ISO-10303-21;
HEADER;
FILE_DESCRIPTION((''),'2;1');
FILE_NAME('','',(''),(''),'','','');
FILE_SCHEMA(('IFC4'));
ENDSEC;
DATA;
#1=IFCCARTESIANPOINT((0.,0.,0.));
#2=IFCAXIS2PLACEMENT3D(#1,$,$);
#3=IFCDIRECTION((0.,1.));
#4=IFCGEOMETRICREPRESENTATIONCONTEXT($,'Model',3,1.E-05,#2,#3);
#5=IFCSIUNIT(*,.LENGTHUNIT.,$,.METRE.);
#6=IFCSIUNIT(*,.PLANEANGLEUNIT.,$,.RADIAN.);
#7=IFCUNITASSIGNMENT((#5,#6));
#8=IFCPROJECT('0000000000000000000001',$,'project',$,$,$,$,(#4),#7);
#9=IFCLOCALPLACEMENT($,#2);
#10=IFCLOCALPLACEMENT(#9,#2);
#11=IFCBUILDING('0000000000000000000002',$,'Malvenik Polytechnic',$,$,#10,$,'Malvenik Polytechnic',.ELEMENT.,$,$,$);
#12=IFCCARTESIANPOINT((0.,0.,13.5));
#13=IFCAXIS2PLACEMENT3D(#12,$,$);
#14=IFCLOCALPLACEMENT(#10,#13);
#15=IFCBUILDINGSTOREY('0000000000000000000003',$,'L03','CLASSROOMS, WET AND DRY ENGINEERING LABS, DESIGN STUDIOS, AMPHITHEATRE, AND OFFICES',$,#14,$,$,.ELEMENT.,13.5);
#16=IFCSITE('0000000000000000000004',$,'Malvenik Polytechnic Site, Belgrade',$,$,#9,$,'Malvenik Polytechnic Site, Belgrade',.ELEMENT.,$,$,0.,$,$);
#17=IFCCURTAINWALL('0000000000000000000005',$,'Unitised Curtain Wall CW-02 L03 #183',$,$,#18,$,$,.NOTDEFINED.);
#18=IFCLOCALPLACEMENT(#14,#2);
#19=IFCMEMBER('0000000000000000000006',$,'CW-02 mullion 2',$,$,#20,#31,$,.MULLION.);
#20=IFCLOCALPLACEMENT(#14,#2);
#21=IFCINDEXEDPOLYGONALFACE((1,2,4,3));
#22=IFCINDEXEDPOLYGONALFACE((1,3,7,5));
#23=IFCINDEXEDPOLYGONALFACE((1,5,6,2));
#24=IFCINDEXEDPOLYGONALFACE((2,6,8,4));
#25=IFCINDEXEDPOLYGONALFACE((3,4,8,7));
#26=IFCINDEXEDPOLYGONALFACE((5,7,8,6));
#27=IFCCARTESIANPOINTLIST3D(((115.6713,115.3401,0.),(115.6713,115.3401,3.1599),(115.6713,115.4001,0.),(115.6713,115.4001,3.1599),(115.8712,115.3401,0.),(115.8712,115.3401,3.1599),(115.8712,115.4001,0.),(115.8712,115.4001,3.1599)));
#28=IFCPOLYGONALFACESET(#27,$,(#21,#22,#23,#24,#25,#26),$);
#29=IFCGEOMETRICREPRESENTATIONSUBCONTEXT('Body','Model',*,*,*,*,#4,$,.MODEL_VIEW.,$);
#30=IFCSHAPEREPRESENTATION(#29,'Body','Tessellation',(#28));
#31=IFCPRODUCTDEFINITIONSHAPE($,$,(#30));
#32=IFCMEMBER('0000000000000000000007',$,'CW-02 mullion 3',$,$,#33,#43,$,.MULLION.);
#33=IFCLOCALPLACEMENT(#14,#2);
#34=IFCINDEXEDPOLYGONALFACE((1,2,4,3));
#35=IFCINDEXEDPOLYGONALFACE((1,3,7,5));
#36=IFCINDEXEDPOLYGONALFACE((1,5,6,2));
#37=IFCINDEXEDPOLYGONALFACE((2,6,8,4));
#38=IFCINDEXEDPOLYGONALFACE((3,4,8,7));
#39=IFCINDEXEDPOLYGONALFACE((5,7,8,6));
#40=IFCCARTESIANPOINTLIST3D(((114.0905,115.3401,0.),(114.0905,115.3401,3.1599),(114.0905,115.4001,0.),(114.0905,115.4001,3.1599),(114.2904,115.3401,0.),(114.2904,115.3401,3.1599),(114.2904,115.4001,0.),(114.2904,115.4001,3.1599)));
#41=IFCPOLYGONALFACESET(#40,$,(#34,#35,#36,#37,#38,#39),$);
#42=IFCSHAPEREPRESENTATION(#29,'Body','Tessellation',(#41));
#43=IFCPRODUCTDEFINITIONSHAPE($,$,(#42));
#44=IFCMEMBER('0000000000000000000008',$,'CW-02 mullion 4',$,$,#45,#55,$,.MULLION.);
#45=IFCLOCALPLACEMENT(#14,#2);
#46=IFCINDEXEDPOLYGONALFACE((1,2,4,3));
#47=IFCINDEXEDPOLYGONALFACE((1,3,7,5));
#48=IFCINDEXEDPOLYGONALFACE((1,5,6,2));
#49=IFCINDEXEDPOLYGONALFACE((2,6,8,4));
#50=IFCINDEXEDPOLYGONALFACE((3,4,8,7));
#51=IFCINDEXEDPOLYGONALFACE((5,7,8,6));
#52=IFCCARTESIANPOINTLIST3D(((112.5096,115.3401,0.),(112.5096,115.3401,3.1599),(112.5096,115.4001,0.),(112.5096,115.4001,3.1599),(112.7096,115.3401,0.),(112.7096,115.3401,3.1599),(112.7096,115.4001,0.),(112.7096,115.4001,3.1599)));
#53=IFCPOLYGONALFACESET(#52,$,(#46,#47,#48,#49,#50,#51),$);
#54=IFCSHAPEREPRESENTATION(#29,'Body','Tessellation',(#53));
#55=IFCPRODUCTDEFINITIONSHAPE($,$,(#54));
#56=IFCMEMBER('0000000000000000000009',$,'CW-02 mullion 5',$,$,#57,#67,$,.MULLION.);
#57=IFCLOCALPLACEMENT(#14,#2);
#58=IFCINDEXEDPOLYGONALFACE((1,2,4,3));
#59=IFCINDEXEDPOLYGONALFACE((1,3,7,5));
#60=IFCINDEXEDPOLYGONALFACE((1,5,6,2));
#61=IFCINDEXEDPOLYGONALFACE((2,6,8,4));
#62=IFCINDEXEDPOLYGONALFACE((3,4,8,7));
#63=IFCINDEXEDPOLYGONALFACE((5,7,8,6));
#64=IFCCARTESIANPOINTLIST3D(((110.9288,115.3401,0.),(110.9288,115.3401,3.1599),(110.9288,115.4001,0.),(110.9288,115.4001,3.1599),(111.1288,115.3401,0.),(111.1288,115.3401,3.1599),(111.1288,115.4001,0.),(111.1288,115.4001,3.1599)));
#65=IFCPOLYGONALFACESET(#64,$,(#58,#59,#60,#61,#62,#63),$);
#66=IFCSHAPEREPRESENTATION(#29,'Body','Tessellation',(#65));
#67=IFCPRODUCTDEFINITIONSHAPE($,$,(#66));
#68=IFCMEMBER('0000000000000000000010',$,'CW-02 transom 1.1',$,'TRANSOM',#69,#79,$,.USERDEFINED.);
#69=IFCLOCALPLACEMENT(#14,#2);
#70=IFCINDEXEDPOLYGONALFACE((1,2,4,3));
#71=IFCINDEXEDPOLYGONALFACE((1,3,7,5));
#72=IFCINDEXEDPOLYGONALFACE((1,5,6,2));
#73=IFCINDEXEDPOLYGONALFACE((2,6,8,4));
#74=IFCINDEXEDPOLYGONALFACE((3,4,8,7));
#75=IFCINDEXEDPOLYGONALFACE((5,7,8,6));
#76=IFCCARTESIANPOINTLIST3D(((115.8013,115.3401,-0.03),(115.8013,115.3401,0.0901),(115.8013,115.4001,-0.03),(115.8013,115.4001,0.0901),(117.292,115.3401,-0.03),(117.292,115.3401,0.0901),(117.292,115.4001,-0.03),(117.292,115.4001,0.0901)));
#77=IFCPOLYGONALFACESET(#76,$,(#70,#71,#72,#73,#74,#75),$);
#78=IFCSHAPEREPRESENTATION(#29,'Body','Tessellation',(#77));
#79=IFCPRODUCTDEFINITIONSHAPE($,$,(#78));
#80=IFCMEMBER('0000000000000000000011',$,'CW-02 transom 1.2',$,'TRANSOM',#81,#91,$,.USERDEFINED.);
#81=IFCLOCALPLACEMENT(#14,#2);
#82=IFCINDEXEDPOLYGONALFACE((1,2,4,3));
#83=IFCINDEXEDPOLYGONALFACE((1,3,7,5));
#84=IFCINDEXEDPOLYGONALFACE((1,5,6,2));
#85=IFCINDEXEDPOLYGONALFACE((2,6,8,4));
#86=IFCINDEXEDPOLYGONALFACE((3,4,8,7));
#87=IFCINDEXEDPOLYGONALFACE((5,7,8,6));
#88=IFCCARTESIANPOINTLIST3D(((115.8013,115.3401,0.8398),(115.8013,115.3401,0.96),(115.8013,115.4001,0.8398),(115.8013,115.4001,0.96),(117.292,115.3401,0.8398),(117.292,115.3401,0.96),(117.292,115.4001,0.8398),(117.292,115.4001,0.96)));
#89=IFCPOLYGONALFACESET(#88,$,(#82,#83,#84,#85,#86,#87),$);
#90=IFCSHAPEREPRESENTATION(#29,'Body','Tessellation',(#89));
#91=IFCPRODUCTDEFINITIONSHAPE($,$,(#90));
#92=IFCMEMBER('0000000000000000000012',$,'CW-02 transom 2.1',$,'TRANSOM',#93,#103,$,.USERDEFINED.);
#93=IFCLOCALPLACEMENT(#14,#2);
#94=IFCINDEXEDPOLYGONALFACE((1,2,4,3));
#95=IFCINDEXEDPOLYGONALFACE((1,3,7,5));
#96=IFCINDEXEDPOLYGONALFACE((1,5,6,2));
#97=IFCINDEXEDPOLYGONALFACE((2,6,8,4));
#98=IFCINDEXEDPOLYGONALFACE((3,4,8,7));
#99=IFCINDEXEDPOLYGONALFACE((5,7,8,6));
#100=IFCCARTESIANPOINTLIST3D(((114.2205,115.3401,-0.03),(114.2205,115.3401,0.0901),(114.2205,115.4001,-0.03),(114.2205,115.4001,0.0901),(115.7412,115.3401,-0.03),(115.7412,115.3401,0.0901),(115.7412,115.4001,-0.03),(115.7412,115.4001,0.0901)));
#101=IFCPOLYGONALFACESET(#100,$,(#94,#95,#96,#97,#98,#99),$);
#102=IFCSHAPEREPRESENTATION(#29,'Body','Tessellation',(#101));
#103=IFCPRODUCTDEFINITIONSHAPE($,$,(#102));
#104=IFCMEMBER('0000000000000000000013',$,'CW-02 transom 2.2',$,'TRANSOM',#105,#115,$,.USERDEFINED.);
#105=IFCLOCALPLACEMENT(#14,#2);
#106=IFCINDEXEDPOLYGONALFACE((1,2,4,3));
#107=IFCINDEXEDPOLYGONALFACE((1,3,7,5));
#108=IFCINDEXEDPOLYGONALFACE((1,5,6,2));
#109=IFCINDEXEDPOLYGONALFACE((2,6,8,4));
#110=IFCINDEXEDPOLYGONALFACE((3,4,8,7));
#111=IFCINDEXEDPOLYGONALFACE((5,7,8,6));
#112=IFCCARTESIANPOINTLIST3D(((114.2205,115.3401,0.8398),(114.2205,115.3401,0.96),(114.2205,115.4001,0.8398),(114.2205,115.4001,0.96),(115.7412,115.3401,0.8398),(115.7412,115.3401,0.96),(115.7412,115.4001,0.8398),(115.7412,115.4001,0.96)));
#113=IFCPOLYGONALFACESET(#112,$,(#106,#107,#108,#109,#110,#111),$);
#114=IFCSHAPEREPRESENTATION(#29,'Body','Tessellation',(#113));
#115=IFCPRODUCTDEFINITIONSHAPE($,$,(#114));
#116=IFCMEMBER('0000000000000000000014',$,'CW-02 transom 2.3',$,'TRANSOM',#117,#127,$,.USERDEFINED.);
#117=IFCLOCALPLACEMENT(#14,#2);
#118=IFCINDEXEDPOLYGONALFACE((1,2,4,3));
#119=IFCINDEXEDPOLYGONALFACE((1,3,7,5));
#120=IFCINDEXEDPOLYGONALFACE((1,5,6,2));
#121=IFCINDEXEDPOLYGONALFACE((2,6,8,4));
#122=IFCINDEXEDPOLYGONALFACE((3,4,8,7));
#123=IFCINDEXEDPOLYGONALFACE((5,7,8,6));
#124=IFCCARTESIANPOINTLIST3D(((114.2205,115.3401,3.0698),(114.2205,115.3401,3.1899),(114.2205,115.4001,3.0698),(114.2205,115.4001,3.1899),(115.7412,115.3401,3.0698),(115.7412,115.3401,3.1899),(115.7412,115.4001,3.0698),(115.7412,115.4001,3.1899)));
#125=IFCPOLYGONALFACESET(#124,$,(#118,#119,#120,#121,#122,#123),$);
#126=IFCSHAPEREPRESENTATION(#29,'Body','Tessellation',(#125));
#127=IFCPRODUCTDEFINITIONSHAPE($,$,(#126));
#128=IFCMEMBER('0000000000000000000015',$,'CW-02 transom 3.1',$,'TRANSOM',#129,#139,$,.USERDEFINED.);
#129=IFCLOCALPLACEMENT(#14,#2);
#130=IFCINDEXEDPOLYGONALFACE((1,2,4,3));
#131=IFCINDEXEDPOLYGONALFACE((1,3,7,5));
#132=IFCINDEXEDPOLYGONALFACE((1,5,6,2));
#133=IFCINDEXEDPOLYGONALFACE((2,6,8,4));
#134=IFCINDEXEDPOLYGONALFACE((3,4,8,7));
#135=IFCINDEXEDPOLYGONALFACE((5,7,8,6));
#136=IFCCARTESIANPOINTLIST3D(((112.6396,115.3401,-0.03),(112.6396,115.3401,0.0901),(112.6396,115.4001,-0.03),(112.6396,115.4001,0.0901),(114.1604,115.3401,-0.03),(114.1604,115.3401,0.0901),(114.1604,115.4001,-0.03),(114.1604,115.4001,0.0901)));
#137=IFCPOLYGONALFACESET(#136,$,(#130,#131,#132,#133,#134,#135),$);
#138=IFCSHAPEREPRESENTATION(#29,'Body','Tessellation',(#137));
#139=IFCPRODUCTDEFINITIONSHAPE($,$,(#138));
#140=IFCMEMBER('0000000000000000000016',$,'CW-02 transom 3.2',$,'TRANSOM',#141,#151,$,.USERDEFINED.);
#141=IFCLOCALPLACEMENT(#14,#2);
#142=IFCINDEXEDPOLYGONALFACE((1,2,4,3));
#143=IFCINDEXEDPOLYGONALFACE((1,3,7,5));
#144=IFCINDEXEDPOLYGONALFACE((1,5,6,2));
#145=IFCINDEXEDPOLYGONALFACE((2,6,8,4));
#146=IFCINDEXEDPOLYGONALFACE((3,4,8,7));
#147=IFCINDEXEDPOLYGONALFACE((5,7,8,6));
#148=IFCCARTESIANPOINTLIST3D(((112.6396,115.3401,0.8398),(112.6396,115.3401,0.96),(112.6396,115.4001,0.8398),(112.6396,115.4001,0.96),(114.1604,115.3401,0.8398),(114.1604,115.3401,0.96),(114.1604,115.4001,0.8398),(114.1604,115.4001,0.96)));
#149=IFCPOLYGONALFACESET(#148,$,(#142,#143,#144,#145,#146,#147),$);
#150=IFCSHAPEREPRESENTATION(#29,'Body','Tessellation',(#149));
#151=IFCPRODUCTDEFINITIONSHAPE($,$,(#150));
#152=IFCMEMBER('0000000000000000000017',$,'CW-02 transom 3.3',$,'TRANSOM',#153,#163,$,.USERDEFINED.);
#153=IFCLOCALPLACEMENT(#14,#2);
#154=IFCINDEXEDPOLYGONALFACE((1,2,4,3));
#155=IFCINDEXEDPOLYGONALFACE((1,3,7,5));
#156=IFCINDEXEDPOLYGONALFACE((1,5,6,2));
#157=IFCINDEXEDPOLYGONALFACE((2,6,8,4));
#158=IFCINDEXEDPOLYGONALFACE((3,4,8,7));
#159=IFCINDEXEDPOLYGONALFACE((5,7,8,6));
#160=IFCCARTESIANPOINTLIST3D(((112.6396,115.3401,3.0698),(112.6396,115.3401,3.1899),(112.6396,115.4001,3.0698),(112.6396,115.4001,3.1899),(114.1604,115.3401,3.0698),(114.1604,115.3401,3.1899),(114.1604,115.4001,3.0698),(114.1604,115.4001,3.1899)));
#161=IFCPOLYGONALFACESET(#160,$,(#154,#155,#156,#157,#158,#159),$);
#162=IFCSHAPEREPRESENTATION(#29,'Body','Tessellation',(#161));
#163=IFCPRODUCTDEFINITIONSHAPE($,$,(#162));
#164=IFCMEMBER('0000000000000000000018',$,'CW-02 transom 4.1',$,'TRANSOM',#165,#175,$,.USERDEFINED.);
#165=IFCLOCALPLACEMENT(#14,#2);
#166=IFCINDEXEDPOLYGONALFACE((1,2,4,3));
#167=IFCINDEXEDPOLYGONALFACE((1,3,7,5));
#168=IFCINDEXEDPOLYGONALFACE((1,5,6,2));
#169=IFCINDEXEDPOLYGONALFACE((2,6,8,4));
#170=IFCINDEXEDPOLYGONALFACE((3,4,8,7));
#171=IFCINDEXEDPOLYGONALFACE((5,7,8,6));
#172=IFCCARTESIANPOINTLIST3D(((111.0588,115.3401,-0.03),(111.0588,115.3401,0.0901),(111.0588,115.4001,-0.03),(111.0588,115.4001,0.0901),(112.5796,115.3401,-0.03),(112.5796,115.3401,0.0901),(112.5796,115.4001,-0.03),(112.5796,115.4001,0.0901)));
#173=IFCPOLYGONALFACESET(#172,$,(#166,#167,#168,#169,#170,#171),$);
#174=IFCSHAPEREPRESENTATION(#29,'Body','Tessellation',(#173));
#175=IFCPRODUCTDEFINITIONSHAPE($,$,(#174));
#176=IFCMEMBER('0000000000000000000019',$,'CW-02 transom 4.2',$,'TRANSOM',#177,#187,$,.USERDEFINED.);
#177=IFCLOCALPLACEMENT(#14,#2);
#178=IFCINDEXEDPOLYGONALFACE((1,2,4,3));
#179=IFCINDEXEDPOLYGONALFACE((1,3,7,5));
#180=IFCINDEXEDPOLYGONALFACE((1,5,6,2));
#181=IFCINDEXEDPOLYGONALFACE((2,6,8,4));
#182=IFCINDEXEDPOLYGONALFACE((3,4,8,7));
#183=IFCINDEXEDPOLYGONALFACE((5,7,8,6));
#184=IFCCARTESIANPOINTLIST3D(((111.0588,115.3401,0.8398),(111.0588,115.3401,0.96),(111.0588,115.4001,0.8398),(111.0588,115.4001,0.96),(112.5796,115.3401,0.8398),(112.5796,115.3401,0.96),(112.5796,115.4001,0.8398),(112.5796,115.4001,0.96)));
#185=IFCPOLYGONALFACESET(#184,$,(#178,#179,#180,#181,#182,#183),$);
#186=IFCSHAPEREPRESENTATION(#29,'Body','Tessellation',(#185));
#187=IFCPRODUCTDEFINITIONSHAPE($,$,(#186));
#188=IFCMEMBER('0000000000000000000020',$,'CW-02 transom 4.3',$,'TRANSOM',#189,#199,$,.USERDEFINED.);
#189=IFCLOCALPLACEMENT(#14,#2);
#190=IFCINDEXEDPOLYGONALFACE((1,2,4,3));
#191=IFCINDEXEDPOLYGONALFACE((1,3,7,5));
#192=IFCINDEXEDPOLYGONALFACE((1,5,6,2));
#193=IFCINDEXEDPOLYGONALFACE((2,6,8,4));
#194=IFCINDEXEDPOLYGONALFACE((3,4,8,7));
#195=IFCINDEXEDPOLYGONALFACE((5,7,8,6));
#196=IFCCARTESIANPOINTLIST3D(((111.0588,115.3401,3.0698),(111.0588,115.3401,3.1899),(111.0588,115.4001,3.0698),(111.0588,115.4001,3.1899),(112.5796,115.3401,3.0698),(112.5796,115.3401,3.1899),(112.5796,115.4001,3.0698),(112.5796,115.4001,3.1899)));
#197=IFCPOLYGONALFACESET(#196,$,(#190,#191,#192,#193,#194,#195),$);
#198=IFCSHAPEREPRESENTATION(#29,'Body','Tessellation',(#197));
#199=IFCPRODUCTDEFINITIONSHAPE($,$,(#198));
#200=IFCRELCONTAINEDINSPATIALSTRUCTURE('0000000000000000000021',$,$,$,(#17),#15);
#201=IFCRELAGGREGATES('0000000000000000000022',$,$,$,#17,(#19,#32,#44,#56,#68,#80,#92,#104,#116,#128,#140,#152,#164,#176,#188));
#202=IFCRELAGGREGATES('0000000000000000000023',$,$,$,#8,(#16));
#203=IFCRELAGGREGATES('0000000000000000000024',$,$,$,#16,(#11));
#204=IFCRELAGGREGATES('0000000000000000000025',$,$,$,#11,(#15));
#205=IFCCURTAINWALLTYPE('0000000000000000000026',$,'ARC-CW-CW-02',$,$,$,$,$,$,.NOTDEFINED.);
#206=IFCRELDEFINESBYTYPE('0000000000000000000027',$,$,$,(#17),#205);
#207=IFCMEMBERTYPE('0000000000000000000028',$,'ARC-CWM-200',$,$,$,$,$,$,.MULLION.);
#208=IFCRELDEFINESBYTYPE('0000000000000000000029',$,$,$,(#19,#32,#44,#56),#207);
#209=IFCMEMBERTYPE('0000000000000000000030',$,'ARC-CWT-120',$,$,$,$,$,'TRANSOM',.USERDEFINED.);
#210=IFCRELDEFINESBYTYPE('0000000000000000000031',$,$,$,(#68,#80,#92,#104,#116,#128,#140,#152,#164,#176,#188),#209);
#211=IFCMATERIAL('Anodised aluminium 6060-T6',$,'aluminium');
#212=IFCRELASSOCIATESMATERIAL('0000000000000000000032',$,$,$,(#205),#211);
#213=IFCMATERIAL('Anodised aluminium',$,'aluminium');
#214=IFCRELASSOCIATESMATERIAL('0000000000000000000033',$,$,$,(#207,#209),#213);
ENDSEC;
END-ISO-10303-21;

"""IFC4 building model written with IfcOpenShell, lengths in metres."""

from ifc_helpers import new_model, si_unit, direction, frame, origin, origin_2d, place, context, subcontext, project, spatial, rectangle, extrude, material, material_profile, profile_set, type_object, element, aggregate, save


model = new_model("IFC4")

# Units and contexts
model_context = context("Model", 3, precision=1e-05, world=origin(), true_north=direction((0.0, 1.0)))
body_context = subcontext(model_context, "Body", "Model", "MODEL_VIEW")
ifc_project = project(units=[si_unit("LENGTHUNIT", "METRE"), si_unit("PLANEANGLEUNIT", "RADIAN")], contexts=[model_context])

# Site, building, storey
site_placement = place(None, origin())
site = spatial("IfcSite", under=ifc_project, at=site_placement, Name="Malvenik Polytechnic Site, Belgrade", LongName="Malvenik Polytechnic Site, Belgrade", CompositionType="ELEMENT", RefElevation=0.0)
building_placement = place(site_placement, origin())
building = spatial("IfcBuilding", under=site, at=building_placement, Name="Malvenik Polytechnic", LongName="Malvenik Polytechnic", CompositionType="ELEMENT")
storey_placement = place(building_placement, frame((0.0, 0.0, 13.5)))
storey = spatial("IfcBuildingStorey", under=building, at=storey_placement, Name="L03", Description="CLASSROOMS, WET AND DRY ENGINEERING LABS, DESIGN STUDIOS, AMPHITHEATRE, AND OFFICES", CompositionType="ELEMENT", Elevation=13.5)

# Curtain wall, members
ifc_material_1 = material(Name="Anodised aluminium 6060-T6", Category="aluminium")
curtain_wall_type = type_object("IfcCurtainWallType", Name="ARC-CW-CW-02", PredefinedType="NOTDEFINED", material=ifc_material_1)
curtain_wall_placement = place(storey_placement, origin())
curtain_wall = element("IfcCurtainWall", 1, at=curtain_wall_placement, inside=storey, type_object=curtain_wall_type, Name="Unitised Curtain Wall CW-02 L03 #183", PredefinedType="NOTDEFINED")
ifc_material_2 = material(Name="Anodised aluminium", Category="aluminium")
ifc_material_profile_1 = material_profile(ifc_material_2, rectangle(XDim=0.0601, YDim=0.2, at=origin_2d()), Name="ALU MULLION 60x200")
ifc_profile_set_1 = profile_set([ifc_material_profile_1], Name="Anodised aluminium")
member_type_1 = type_object("IfcMemberType", Name="ARC-CWM-200", PredefinedType="MULLION", material=ifc_profile_set_1)
member_1_placement = place(storey_placement, frame((115.7712, 115.3701, 0.0), z_axis=(0.0, 0.0, 1.0), x_axis=(0.0, -1.0, 0.0)))
member_1 = element("IfcMember", 2, at=member_1_placement, type_object=member_type_1, Name="CW-02 mullion 2", PredefinedType="MULLION", context=body_context, shape_type="SweptSolid", body=[
    extrude(rectangle(XDim=0.0601, YDim=0.2, at=origin_2d()), origin(), (0.0, 0.0, 1.0), 3.1599),
])
member_2_placement = place(storey_placement, frame((114.1904, 115.3701, 0.0), z_axis=(0.0, 0.0, 1.0), x_axis=(0.0, -1.0, 0.0)))
member_2 = element("IfcMember", 3, at=member_2_placement, type_object=member_type_1, Name="CW-02 mullion 3", PredefinedType="MULLION", context=body_context, shape_type="SweptSolid", body=[
    extrude(rectangle(XDim=0.0601, YDim=0.2, at=origin_2d()), origin(), (0.0, 0.0, 1.0), 3.1599),
])
member_3_placement = place(storey_placement, frame((112.6096, 115.3701, 0.0), z_axis=(0.0, 0.0, 1.0), x_axis=(0.0, -1.0, 0.0)))
member_3 = element("IfcMember", 4, at=member_3_placement, type_object=member_type_1, Name="CW-02 mullion 4", PredefinedType="MULLION", context=body_context, shape_type="SweptSolid", body=[
    extrude(rectangle(XDim=0.0601, YDim=0.2, at=origin_2d()), origin(), (0.0, 0.0, 1.0), 3.1599),
])
member_4_placement = place(storey_placement, frame((111.0288, 115.3701, 0.0), z_axis=(0.0, 0.0, 1.0), x_axis=(0.0, -1.0, 0.0)))
member_4 = element("IfcMember", 5, at=member_4_placement, type_object=member_type_1, Name="CW-02 mullion 5", PredefinedType="MULLION", context=body_context, shape_type="SweptSolid", body=[
    extrude(rectangle(XDim=0.0601, YDim=0.2, at=origin_2d()), origin(), (0.0, 0.0, 1.0), 3.1599),
])
ifc_material_profile_2 = material_profile(ifc_material_2, rectangle(XDim=0.0601, YDim=0.1201, at=origin_2d()), Name="ALU TRANSOM 60x120")
ifc_profile_set_2 = profile_set([ifc_material_profile_2], Name="Anodised aluminium")
member_type_2 = type_object("IfcMemberType", Name="ARC-CWT-120", ElementType="TRANSOM", PredefinedType="USERDEFINED", material=ifc_profile_set_2)
member_5_placement = place(storey_placement, frame((117.292, 115.3701, 0.03), z_axis=(-1.0, 0.0, 0.0), x_axis=(0.0, -1.0, 0.0)))
member_5 = element("IfcMember", 6, at=member_5_placement, type_object=member_type_2, Name="CW-02 transom 1.1", ObjectType="TRANSOM", PredefinedType="USERDEFINED", context=body_context, shape_type="SweptSolid", body=[
    extrude(rectangle(XDim=0.0601, YDim=0.1201, at=origin_2d()), origin(), (0.0, 0.0, 1.0), 1.4907),
])
member_6_placement = place(storey_placement, frame((117.292, 115.3701, 0.8999), z_axis=(-1.0, 0.0, 0.0), x_axis=(0.0, -1.0, 0.0)))
member_6 = element("IfcMember", 7, at=member_6_placement, type_object=member_type_2, Name="CW-02 transom 1.2", ObjectType="TRANSOM", PredefinedType="USERDEFINED", context=body_context, shape_type="SweptSolid", body=[
    extrude(rectangle(XDim=0.0601, YDim=0.1201, at=origin_2d()), origin(), (0.0, 0.0, 1.0), 1.4907),
])
member_7_placement = place(storey_placement, frame((115.7412, 115.3701, 0.03), z_axis=(-1.0, 0.0, 0.0), x_axis=(0.0, -1.0, 0.0)))
member_7 = element("IfcMember", 8, at=member_7_placement, type_object=member_type_2, Name="CW-02 transom 2.1", ObjectType="TRANSOM", PredefinedType="USERDEFINED", context=body_context, shape_type="SweptSolid", body=[
    extrude(rectangle(XDim=0.0601, YDim=0.1201, at=origin_2d()), origin(), (0.0, 0.0, 1.0), 1.5208),
])
member_8_placement = place(storey_placement, frame((115.7412, 115.3701, 0.8999), z_axis=(-1.0, 0.0, 0.0), x_axis=(0.0, -1.0, 0.0)))
member_8 = element("IfcMember", 9, at=member_8_placement, type_object=member_type_2, Name="CW-02 transom 2.2", ObjectType="TRANSOM", PredefinedType="USERDEFINED", context=body_context, shape_type="SweptSolid", body=[
    extrude(rectangle(XDim=0.0601, YDim=0.1201, at=origin_2d()), origin(), (0.0, 0.0, 1.0), 1.5208),
])
member_9_placement = place(storey_placement, frame((115.7412, 115.3701, 3.1299), z_axis=(-1.0, 0.0, 0.0), x_axis=(0.0, -1.0, 0.0)))
member_9 = element("IfcMember", 10, at=member_9_placement, type_object=member_type_2, Name="CW-02 transom 2.3", ObjectType="TRANSOM", PredefinedType="USERDEFINED", context=body_context, shape_type="SweptSolid", body=[
    extrude(rectangle(XDim=0.0601, YDim=0.1201, at=origin_2d()), origin(), (0.0, 0.0, 1.0), 1.5208),
])
member_10_placement = place(storey_placement, frame((114.1604, 115.3701, 0.03), z_axis=(-1.0, 0.0, 0.0), x_axis=(0.0, -1.0, 0.0)))
member_10 = element("IfcMember", 11, at=member_10_placement, type_object=member_type_2, Name="CW-02 transom 3.1", ObjectType="TRANSOM", PredefinedType="USERDEFINED", context=body_context, shape_type="SweptSolid", body=[
    extrude(rectangle(XDim=0.0601, YDim=0.1201, at=origin_2d()), origin(), (0.0, 0.0, 1.0), 1.5208),
])
member_11_placement = place(storey_placement, frame((114.1604, 115.3701, 0.8999), z_axis=(-1.0, 0.0, 0.0), x_axis=(0.0, -1.0, 0.0)))
member_11 = element("IfcMember", 12, at=member_11_placement, type_object=member_type_2, Name="CW-02 transom 3.2", ObjectType="TRANSOM", PredefinedType="USERDEFINED", context=body_context, shape_type="SweptSolid", body=[
    extrude(rectangle(XDim=0.0601, YDim=0.1201, at=origin_2d()), origin(), (0.0, 0.0, 1.0), 1.5208),
])
member_12_placement = place(storey_placement, frame((114.1604, 115.3701, 3.1299), z_axis=(-1.0, 0.0, 0.0), x_axis=(0.0, -1.0, 0.0)))
member_12 = element("IfcMember", 13, at=member_12_placement, type_object=member_type_2, Name="CW-02 transom 3.3", ObjectType="TRANSOM", PredefinedType="USERDEFINED", context=body_context, shape_type="SweptSolid", body=[
    extrude(rectangle(XDim=0.0601, YDim=0.1201, at=origin_2d()), origin(), (0.0, 0.0, 1.0), 1.5208),
])
member_13_placement = place(storey_placement, frame((112.5796, 115.3701, 0.03), z_axis=(-1.0, 0.0, 0.0), x_axis=(0.0, -1.0, 0.0)))
member_13 = element("IfcMember", 14, at=member_13_placement, type_object=member_type_2, Name="CW-02 transom 4.1", ObjectType="TRANSOM", PredefinedType="USERDEFINED", context=body_context, shape_type="SweptSolid", body=[
    extrude(rectangle(XDim=0.0601, YDim=0.1201, at=origin_2d()), origin(), (0.0, 0.0, 1.0), 1.5208),
])
member_14_placement = place(storey_placement, frame((112.5796, 115.3701, 0.8999), z_axis=(-1.0, 0.0, 0.0), x_axis=(0.0, -1.0, 0.0)))
member_14 = element("IfcMember", 15, at=member_14_placement, type_object=member_type_2, Name="CW-02 transom 4.2", ObjectType="TRANSOM", PredefinedType="USERDEFINED", context=body_context, shape_type="SweptSolid", body=[
    extrude(rectangle(XDim=0.0601, YDim=0.1201, at=origin_2d()), origin(), (0.0, 0.0, 1.0), 1.5208),
])
member_15_placement = place(storey_placement, frame((112.5796, 115.3701, 3.1299), z_axis=(-1.0, 0.0, 0.0), x_axis=(0.0, -1.0, 0.0)))
member_15 = element("IfcMember", 16, at=member_15_placement, type_object=member_type_2, Name="CW-02 transom 4.3", ObjectType="TRANSOM", PredefinedType="USERDEFINED", context=body_context, shape_type="SweptSolid", body=[
    extrude(rectangle(XDim=0.0601, YDim=0.1201, at=origin_2d()), origin(), (0.0, 0.0, 1.0), 1.5208),
])
aggregate(curtain_wall, [member_1, member_2, member_3, member_4, member_5, member_6, member_7, member_8, member_9, member_10, member_11, member_12, member_13, member_14, member_15])

save(model, "model.ifc")
